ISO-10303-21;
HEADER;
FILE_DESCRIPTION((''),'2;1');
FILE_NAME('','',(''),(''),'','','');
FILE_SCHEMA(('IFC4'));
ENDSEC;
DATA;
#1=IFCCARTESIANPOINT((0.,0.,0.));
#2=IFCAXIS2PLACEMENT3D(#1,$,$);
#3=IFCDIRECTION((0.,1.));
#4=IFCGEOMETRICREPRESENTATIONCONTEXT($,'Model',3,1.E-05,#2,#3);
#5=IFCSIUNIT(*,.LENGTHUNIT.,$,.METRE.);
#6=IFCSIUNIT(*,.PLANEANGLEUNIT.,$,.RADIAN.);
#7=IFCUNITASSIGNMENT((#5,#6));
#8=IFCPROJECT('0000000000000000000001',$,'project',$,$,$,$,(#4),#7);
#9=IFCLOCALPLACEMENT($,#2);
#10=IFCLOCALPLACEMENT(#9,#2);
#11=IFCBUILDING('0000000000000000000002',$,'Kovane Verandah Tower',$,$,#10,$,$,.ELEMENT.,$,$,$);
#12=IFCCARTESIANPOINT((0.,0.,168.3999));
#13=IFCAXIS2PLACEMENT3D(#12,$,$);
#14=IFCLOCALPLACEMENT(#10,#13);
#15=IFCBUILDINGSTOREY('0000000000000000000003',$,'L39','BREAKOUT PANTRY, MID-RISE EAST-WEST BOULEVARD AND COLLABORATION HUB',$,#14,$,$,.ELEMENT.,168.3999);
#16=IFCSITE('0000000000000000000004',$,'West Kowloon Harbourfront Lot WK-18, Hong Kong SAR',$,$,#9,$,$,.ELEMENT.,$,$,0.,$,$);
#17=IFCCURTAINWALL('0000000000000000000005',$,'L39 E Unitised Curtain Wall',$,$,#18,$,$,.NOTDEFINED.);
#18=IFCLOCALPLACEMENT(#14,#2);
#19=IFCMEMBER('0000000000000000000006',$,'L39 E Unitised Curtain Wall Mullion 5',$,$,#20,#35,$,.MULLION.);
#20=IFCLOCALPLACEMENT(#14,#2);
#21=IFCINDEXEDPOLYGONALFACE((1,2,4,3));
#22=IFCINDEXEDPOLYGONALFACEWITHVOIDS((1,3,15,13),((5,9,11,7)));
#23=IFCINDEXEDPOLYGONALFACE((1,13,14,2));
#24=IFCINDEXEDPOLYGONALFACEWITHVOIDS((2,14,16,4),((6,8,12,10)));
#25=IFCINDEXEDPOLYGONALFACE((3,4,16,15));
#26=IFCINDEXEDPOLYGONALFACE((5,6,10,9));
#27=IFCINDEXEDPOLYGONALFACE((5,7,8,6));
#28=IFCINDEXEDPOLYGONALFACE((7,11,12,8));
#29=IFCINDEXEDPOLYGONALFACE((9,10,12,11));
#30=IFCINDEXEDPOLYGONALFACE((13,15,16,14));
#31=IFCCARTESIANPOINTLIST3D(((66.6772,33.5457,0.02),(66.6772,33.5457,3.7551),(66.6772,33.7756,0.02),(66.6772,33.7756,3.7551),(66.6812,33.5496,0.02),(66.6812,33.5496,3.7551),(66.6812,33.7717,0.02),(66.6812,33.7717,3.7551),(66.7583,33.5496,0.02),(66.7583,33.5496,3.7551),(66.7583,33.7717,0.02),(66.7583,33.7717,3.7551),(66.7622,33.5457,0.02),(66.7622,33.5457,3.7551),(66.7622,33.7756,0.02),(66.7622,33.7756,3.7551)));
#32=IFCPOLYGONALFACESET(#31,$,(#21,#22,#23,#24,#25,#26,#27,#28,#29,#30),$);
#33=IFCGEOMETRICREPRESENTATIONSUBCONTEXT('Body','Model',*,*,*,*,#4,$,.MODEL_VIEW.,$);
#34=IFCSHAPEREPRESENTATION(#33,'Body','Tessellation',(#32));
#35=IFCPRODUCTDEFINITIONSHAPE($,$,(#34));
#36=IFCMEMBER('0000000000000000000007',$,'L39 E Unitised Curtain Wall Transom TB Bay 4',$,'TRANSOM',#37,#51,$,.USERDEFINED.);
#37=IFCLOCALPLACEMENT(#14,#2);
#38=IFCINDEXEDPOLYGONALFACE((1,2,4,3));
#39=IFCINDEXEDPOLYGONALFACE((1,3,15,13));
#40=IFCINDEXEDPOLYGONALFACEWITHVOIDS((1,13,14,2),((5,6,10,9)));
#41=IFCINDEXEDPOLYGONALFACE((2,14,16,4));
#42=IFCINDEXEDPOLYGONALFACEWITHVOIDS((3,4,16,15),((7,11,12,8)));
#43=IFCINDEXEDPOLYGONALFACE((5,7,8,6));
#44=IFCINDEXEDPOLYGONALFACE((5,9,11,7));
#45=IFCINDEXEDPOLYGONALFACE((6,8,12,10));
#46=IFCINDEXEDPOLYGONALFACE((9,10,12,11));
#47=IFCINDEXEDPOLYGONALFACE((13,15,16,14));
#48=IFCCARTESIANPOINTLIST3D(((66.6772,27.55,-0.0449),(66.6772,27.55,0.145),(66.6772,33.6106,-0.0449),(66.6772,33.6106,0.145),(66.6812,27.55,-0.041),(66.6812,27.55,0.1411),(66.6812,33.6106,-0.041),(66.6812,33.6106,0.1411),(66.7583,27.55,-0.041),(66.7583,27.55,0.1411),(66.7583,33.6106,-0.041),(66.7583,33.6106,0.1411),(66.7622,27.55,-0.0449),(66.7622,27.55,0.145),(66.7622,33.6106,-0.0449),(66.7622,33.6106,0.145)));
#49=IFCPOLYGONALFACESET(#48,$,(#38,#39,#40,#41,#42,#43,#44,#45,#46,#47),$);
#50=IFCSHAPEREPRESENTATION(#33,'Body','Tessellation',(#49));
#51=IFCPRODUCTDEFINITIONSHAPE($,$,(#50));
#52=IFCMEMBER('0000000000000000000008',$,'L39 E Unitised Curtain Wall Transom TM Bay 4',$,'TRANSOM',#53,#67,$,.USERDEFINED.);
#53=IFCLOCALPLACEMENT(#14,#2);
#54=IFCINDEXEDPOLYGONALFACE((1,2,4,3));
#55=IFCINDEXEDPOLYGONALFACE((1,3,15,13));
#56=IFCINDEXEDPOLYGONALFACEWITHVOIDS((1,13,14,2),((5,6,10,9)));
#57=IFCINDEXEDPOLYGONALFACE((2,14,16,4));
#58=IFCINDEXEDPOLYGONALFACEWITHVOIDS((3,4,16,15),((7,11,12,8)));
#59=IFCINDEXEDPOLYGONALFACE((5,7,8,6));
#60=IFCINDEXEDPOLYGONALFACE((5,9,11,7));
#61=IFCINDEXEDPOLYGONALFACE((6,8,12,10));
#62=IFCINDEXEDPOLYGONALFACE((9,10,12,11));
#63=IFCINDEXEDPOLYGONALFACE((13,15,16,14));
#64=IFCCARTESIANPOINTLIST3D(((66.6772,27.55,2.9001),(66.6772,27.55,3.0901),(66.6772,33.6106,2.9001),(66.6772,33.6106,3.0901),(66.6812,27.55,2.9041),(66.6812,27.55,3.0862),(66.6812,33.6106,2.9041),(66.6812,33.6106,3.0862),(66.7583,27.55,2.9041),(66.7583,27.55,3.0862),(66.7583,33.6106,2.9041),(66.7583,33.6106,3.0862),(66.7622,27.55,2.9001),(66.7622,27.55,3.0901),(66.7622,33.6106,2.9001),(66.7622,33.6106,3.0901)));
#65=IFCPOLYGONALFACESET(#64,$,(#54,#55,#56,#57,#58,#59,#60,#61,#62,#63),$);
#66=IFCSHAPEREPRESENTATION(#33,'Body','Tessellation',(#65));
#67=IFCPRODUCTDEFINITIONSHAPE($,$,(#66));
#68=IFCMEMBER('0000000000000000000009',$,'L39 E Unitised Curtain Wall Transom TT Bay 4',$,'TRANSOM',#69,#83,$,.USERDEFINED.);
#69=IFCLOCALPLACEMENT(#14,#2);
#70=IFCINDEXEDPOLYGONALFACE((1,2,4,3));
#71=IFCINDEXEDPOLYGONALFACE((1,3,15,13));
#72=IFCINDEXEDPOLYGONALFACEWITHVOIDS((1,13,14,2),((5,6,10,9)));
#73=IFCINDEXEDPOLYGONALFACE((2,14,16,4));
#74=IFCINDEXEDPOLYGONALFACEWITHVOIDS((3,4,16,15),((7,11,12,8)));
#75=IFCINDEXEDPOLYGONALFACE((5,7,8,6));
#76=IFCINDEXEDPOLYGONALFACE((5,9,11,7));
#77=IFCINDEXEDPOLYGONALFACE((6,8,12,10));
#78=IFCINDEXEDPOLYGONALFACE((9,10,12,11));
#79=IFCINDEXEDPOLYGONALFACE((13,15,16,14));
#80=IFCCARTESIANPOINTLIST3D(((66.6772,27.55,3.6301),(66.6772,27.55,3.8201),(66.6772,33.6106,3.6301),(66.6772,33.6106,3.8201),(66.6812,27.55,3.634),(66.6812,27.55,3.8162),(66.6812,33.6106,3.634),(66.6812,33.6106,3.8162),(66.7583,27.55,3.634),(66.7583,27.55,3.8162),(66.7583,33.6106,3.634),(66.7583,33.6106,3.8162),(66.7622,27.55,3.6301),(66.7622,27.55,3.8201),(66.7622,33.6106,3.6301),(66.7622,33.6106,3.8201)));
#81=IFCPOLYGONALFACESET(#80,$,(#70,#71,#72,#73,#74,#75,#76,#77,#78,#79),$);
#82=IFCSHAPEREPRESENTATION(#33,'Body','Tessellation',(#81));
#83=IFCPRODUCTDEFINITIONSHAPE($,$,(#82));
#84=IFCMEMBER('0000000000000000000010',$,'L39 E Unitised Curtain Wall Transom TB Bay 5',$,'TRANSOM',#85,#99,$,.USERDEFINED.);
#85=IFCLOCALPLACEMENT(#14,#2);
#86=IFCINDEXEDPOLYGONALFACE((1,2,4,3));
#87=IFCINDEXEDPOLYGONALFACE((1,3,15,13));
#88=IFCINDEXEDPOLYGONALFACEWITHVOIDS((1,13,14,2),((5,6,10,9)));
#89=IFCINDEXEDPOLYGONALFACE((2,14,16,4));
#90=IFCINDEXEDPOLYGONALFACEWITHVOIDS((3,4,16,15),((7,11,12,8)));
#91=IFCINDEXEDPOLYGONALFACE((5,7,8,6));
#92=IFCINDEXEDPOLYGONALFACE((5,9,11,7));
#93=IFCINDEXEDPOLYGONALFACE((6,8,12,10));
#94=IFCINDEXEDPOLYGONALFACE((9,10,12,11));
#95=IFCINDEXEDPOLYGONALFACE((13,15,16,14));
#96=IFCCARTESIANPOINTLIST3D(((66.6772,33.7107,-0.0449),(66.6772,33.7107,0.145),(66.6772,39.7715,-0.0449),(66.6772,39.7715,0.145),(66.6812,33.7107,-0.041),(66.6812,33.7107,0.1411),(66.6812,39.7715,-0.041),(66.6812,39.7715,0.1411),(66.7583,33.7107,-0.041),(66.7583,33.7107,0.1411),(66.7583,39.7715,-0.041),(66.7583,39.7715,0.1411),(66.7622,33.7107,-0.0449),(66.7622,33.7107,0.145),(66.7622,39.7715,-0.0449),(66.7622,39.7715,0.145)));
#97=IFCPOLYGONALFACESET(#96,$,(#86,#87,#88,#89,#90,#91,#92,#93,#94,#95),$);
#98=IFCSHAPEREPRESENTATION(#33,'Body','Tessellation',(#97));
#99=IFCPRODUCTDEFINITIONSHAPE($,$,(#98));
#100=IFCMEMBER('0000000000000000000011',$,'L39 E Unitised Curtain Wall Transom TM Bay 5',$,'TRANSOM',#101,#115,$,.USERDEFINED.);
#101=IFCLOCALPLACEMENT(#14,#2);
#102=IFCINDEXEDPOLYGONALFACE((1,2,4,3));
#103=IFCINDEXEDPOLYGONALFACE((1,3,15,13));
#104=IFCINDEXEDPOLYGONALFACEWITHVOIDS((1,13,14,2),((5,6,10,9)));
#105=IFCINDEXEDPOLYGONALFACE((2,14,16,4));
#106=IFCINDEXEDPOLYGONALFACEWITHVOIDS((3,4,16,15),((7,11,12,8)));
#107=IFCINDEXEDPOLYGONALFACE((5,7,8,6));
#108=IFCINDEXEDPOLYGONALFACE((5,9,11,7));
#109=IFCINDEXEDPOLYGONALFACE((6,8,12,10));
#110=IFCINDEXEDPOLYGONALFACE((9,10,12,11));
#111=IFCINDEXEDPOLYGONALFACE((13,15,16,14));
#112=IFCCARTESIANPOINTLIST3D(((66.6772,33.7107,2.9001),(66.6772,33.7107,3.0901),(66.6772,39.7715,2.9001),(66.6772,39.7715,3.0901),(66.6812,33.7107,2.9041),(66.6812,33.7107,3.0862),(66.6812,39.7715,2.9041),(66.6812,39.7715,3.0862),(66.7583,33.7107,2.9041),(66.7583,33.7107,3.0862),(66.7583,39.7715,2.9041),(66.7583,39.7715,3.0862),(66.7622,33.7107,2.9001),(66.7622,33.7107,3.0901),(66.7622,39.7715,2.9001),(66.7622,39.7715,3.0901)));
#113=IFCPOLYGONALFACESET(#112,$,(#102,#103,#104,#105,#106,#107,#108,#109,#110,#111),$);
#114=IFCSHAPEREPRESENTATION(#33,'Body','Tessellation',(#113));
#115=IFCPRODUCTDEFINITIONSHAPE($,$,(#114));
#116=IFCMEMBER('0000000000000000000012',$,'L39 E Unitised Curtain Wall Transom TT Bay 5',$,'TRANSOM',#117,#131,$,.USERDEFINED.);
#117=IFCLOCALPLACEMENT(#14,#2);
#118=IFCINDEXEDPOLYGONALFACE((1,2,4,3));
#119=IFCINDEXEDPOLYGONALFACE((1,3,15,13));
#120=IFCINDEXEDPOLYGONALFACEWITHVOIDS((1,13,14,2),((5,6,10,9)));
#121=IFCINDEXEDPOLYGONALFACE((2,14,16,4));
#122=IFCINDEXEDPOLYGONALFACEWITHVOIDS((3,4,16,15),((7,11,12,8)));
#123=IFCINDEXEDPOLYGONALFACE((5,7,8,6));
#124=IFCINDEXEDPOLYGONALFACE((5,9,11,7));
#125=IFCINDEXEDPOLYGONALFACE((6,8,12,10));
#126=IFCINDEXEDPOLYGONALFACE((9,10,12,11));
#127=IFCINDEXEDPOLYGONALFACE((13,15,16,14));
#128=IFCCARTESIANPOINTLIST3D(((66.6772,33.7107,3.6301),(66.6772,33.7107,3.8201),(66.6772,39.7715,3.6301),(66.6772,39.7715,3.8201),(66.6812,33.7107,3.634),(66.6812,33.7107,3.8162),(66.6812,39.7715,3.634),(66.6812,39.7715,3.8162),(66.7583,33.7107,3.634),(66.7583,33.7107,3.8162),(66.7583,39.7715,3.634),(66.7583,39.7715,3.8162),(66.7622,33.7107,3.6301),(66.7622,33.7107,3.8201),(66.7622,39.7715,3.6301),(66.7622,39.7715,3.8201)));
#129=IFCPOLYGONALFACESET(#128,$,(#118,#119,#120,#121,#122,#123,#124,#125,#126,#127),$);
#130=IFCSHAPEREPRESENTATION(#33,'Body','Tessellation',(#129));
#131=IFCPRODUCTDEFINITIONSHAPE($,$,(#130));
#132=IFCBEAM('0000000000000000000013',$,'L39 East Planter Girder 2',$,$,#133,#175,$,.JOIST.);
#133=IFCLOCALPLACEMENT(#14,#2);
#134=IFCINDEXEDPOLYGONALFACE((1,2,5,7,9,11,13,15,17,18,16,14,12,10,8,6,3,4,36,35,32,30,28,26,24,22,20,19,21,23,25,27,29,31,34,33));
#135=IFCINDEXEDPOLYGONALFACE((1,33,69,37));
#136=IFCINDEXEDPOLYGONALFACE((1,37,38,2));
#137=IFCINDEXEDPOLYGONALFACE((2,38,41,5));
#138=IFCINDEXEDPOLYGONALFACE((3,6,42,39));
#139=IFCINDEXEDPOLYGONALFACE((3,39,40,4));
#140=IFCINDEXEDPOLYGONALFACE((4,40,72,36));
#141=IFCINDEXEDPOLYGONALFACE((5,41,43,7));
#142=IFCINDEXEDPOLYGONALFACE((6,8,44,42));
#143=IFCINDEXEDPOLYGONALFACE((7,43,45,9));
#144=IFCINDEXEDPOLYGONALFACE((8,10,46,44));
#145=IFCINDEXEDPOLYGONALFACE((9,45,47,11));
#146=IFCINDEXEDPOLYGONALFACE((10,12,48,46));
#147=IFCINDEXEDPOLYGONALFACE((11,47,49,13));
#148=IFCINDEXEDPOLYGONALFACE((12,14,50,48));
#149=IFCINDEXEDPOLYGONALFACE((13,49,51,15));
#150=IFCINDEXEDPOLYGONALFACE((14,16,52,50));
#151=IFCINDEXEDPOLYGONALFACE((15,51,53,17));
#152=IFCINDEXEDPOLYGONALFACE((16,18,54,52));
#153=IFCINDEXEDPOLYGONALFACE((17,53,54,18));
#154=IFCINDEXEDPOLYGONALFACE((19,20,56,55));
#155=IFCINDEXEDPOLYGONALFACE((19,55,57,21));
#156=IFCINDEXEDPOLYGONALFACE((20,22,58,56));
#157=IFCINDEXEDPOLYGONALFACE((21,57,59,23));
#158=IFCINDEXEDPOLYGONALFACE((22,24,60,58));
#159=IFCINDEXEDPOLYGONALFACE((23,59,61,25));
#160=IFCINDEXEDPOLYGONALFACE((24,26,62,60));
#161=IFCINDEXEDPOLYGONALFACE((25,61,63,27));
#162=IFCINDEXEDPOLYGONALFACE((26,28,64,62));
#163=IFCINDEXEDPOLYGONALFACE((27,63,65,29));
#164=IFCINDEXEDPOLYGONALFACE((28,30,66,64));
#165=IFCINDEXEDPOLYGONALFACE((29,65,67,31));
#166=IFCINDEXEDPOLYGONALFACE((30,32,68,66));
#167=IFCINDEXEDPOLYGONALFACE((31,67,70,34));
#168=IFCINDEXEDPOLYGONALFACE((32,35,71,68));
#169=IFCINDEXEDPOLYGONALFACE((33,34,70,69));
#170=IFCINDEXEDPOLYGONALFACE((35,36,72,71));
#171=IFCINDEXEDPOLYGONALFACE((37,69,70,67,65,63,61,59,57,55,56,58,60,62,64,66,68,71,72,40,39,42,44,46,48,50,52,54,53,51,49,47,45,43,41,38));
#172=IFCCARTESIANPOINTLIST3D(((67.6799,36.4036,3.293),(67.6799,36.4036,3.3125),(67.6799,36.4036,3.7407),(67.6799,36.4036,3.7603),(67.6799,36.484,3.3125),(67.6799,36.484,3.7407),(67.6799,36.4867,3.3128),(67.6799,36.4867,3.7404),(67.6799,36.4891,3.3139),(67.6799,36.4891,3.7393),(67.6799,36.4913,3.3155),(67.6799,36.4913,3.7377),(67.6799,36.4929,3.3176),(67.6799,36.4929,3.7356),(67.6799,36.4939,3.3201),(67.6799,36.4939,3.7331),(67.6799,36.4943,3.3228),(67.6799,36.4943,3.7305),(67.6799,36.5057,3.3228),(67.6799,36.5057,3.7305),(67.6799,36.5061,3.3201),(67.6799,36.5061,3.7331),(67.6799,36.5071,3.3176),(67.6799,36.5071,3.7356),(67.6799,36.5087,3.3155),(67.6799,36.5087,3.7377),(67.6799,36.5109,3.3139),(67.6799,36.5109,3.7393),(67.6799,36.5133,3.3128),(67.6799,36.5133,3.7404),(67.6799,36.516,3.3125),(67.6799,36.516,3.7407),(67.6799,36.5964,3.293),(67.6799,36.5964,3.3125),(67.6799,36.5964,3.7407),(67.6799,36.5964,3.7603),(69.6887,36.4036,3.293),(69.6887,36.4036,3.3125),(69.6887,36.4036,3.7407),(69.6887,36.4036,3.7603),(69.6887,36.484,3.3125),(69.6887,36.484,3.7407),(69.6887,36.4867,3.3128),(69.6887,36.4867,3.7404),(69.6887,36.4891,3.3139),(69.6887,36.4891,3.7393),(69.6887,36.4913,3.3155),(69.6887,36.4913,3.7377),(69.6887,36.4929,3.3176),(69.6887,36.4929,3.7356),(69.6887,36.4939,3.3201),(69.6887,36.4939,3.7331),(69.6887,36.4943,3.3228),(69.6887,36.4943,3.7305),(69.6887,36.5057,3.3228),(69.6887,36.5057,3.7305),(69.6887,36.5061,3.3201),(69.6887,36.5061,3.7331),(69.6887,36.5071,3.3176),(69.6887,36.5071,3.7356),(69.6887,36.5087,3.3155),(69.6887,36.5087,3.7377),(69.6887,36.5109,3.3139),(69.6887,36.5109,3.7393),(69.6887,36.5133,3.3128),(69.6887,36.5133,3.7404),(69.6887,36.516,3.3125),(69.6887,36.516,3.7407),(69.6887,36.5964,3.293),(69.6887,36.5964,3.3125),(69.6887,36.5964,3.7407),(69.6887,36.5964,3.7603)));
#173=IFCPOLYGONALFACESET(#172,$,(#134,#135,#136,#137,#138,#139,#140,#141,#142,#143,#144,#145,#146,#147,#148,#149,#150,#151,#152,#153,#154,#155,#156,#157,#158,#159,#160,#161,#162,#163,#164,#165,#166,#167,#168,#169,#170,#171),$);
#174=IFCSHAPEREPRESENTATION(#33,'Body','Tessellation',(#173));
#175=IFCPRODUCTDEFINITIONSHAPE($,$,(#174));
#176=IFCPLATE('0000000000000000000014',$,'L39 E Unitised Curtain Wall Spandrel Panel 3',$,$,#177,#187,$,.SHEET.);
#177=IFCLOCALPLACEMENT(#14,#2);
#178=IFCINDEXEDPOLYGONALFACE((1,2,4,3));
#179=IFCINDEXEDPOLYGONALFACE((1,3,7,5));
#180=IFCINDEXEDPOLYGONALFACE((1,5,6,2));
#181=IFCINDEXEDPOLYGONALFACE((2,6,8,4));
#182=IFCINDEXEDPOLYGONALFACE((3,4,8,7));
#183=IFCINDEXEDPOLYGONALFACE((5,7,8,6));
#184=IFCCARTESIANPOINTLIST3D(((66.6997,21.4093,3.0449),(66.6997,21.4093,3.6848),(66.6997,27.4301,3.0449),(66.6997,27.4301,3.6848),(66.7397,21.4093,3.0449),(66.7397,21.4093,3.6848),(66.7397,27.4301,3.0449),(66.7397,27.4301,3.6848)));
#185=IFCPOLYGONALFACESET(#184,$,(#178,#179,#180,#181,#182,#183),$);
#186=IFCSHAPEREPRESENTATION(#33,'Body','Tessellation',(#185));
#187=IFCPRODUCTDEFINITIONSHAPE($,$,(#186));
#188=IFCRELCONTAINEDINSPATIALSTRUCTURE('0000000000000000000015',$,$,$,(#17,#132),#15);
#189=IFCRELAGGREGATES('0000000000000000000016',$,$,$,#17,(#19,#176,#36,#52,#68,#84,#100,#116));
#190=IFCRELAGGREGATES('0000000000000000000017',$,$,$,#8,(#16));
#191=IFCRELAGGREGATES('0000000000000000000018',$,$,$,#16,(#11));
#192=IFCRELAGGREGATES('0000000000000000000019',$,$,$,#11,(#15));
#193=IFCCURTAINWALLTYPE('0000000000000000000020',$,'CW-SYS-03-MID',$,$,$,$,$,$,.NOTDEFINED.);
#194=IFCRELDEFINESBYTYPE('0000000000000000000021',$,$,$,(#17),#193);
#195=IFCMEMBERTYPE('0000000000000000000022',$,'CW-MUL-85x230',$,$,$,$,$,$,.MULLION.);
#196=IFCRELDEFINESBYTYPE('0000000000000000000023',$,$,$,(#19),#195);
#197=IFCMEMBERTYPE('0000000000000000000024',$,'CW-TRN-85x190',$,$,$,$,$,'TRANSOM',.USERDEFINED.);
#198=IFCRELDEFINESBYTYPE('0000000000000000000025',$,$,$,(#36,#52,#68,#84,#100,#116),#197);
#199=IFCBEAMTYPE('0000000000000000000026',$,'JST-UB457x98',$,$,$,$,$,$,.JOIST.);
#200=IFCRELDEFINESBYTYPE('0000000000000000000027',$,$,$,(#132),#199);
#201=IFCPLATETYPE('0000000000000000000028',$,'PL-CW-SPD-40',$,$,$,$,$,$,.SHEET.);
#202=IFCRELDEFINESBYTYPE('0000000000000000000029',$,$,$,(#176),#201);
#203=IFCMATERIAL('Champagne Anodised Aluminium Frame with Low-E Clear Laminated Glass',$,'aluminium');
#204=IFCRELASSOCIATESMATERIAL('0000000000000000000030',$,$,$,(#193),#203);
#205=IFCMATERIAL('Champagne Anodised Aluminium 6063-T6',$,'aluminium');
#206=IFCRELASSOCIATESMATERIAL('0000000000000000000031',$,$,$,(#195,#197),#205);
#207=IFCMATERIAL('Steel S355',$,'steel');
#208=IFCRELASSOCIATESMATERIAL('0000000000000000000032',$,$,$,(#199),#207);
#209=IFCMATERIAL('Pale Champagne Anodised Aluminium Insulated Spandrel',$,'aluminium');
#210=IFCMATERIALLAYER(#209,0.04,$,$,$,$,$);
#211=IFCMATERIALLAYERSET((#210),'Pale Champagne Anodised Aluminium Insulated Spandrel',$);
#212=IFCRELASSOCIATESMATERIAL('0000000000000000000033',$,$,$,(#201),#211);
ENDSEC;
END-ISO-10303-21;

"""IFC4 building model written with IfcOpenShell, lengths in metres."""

from ifc_helpers import new_model, si_unit, direction, frame, origin, origin_2d, place, context, subcontext, project, spatial, rectangle, hollow_rectangle, i_section, extrude, material, layer, layer_set, material_profile, profile_set, type_object, element, aggregate, save


model = new_model("IFC4")

# Units and contexts
model_context = context("Model", 3, precision=1e-05, world=origin(), true_north=direction((0.0, 1.0)))
body_context = subcontext(model_context, "Body", "Model", "MODEL_VIEW")
ifc_project = project(units=[si_unit("LENGTHUNIT", "METRE"), si_unit("PLANEANGLEUNIT", "RADIAN")], contexts=[model_context])

# Site, building, storey
site_placement = place(None, origin())
site = spatial("IfcSite", under=ifc_project, at=site_placement, Name="West Kowloon Harbourfront Lot WK-18, Hong Kong SAR", CompositionType="ELEMENT", RefElevation=0.0)
building_placement = place(site_placement, origin())
building = spatial("IfcBuilding", under=site, at=building_placement, Name="Kovane Verandah Tower", CompositionType="ELEMENT")
storey_placement = place(building_placement, frame((0.0, 0.0, 168.3999)))
storey = spatial("IfcBuildingStorey", under=building, at=storey_placement, Name="L39", Description="BREAKOUT PANTRY, MID-RISE EAST-WEST BOULEVARD AND COLLABORATION HUB", CompositionType="ELEMENT", Elevation=168.3999)

# Shared definitions
ifc_material_1 = material(Name="Steel S355", Category="steel")

# Curtain wall, members
ifc_material_2 = material(Name="Champagne Anodised Aluminium Frame with Low-E Clear Laminated Glass", Category="aluminium")
curtain_wall_type = type_object("IfcCurtainWallType", Name="CW-SYS-03-MID", PredefinedType="NOTDEFINED", material=ifc_material_2)
curtain_wall_placement = place(storey_placement, origin())
curtain_wall = element("IfcCurtainWall", 1, at=curtain_wall_placement, inside=storey, type_object=curtain_wall_type, Name="L39 E Unitised Curtain Wall", PredefinedType="NOTDEFINED")
ifc_material_3 = material(Name="Champagne Anodised Aluminium 6063-T6", Category="aluminium")
ifc_material_profile_1 = material_profile(ifc_material_3, hollow_rectangle(XDim=0.085, YDim=0.23, WallThickness=0.0039, at=origin_2d()), Name="AL85x230x4")
ifc_profile_set_1 = profile_set([ifc_material_profile_1], Name="Champagne Anodised Aluminium 6063-T6")
member_type_1 = type_object("IfcMemberType", Name="CW-MUL-85x230", PredefinedType="MULLION", material=ifc_profile_set_1)
member_1_placement = place(storey_placement, frame((66.7197, 33.6606, 0.02), z_axis=(0.0, 0.0, 1.0), x_axis=(1.0, 0.0, 0.0)))
member_1 = element("IfcMember", 2, at=member_1_placement, type_object=member_type_1, Name="L39 E Unitised Curtain Wall Mullion 5", PredefinedType="MULLION", context=body_context, shape_type="SweptSolid", body=[
    extrude(hollow_rectangle(XDim=0.085, YDim=0.23, WallThickness=0.0039, at=origin_2d()), origin(), (0.0, 0.0, 1.0), 3.7351),
])
ifc_material_profile_2 = material_profile(ifc_material_3, hollow_rectangle(XDim=0.085, YDim=0.1899, WallThickness=0.0039, at=origin_2d()), Name="AL85x190x4")
ifc_profile_set_2 = profile_set([ifc_material_profile_2], Name="Champagne Anodised Aluminium 6063-T6")
member_type_2 = type_object("IfcMemberType", Name="CW-TRN-85x190", ElementType="TRANSOM", PredefinedType="USERDEFINED", material=ifc_profile_set_2)
member_2_placement = place(storey_placement, frame((66.7197, 27.55, 0.05), z_axis=(0.0, 1.0, 0.0), x_axis=(-1.0, 0.0, 0.0)))
member_2 = element("IfcMember", 3, at=member_2_placement, type_object=member_type_2, Name="L39 E Unitised Curtain Wall Transom TB Bay 4", ObjectType="TRANSOM", PredefinedType="USERDEFINED", context=body_context, shape_type="SweptSolid", body=[
    extrude(hollow_rectangle(XDim=0.085, YDim=0.1899, WallThickness=0.0039, at=origin_2d()), origin(), (0.0, 0.0, 1.0), 6.0605),
])
member_3_placement = place(storey_placement, frame((66.7197, 27.55, 2.9951), z_axis=(0.0, 1.0, 0.0), x_axis=(-1.0, 0.0, 0.0)))
member_3 = element("IfcMember", 4, at=member_3_placement, type_object=member_type_2, Name="L39 E Unitised Curtain Wall Transom TM Bay 4", ObjectType="TRANSOM", PredefinedType="USERDEFINED", context=body_context, shape_type="SweptSolid", body=[
    extrude(hollow_rectangle(XDim=0.085, YDim=0.1899, WallThickness=0.0039, at=origin_2d()), origin(), (0.0, 0.0, 1.0), 6.0605),
])
member_4_placement = place(storey_placement, frame((66.7197, 27.55, 3.7251), z_axis=(0.0, 1.0, 0.0), x_axis=(-1.0, 0.0, 0.0)))
member_4 = element("IfcMember", 5, at=member_4_placement, type_object=member_type_2, Name="L39 E Unitised Curtain Wall Transom TT Bay 4", ObjectType="TRANSOM", PredefinedType="USERDEFINED", context=body_context, shape_type="SweptSolid", body=[
    extrude(hollow_rectangle(XDim=0.085, YDim=0.1899, WallThickness=0.0039, at=origin_2d()), origin(), (0.0, 0.0, 1.0), 6.0605),
])
member_5_placement = place(storey_placement, frame((66.7197, 33.7107, 0.05), z_axis=(0.0, 1.0, 0.0), x_axis=(-1.0, 0.0, 0.0)))
member_5 = element("IfcMember", 6, at=member_5_placement, type_object=member_type_2, Name="L39 E Unitised Curtain Wall Transom TB Bay 5", ObjectType="TRANSOM", PredefinedType="USERDEFINED", context=body_context, shape_type="SweptSolid", body=[
    extrude(hollow_rectangle(XDim=0.085, YDim=0.1899, WallThickness=0.0039, at=origin_2d()), origin(), (0.0, 0.0, 1.0), 6.0608),
])
member_6_placement = place(storey_placement, frame((66.7197, 33.7107, 2.9951), z_axis=(0.0, 1.0, 0.0), x_axis=(-1.0, 0.0, 0.0)))
member_6 = element("IfcMember", 7, at=member_6_placement, type_object=member_type_2, Name="L39 E Unitised Curtain Wall Transom TM Bay 5", ObjectType="TRANSOM", PredefinedType="USERDEFINED", context=body_context, shape_type="SweptSolid", body=[
    extrude(hollow_rectangle(XDim=0.085, YDim=0.1899, WallThickness=0.0039, at=origin_2d()), origin(), (0.0, 0.0, 1.0), 6.0608),
])
member_7_placement = place(storey_placement, frame((66.7197, 33.7107, 3.7251), z_axis=(0.0, 1.0, 0.0), x_axis=(-1.0, 0.0, 0.0)))
member_7 = element("IfcMember", 8, at=member_7_placement, type_object=member_type_2, Name="L39 E Unitised Curtain Wall Transom TT Bay 5", ObjectType="TRANSOM", PredefinedType="USERDEFINED", context=body_context, shape_type="SweptSolid", body=[
    extrude(hollow_rectangle(XDim=0.085, YDim=0.1899, WallThickness=0.0039, at=origin_2d()), origin(), (0.0, 0.0, 1.0), 6.0608),
])

# Beam
ifc_material_profile_3 = material_profile(ifc_material_1, i_section(OverallWidth=0.1929, OverallDepth=0.4673, WebThickness=0.0115, FlangeThickness=0.0195, FilletRadius=0.0103, at=origin_2d()), Name="UB457x191x98")
ifc_profile_set_3 = profile_set([ifc_material_profile_3], Name="Steel S355")
beam_type_1 = type_object("IfcBeamType", Name="JST-UB457x98", PredefinedType="JOIST", material=ifc_profile_set_3)
beam_1_placement = place(storey_placement, frame((67.6799, 36.5, 3.5266), z_axis=(1.0, 0.0, 0.0), x_axis=(0.0, 1.0, 0.0)))
element("IfcBeam", 9, at=beam_1_placement, inside=storey, type_object=beam_type_1, Name="L39 East Planter Girder 2", PredefinedType="JOIST", context=body_context, shape_type="SweptSolid", body=[
    extrude(i_section(OverallWidth=0.1929, OverallDepth=0.4673, WebThickness=0.0115, FlangeThickness=0.0195, FilletRadius=0.0103, at=origin_2d()), origin(), (0.0, 0.0, 1.0), 2.0088),
])

# Plate
ifc_material_4 = material(Name="Pale Champagne Anodised Aluminium Insulated Spandrel", Category="aluminium")
ifc_layer_1 = layer(ifc_material_4, 0.04)
ifc_layer_set_1 = layer_set([ifc_layer_1], Name="Pale Champagne Anodised Aluminium Insulated Spandrel")
plate_type_1 = type_object("IfcPlateType", Name="PL-CW-SPD-40", PredefinedType="SHEET", material=ifc_layer_set_1)
plate_1_placement = place(storey_placement, frame((66.7197, 24.4197, 3.0449), z_axis=(0.0, 0.0, 1.0), x_axis=(0.0, 1.0, 0.0)))
plate_1 = element("IfcPlate", 10, at=plate_1_placement, type_object=plate_type_1, Name="L39 E Unitised Curtain Wall Spandrel Panel 3", PredefinedType="SHEET", context=body_context, shape_type="SweptSolid", body=[
    extrude(rectangle(XDim=6.0208, YDim=0.04, at=origin_2d()), origin(), (0.0, 0.0, 1.0), 0.6399),
])
aggregate(curtain_wall, [member_1, plate_1, member_2, member_3, member_4, member_5, member_6, member_7])

save(model, "model.ifc")
